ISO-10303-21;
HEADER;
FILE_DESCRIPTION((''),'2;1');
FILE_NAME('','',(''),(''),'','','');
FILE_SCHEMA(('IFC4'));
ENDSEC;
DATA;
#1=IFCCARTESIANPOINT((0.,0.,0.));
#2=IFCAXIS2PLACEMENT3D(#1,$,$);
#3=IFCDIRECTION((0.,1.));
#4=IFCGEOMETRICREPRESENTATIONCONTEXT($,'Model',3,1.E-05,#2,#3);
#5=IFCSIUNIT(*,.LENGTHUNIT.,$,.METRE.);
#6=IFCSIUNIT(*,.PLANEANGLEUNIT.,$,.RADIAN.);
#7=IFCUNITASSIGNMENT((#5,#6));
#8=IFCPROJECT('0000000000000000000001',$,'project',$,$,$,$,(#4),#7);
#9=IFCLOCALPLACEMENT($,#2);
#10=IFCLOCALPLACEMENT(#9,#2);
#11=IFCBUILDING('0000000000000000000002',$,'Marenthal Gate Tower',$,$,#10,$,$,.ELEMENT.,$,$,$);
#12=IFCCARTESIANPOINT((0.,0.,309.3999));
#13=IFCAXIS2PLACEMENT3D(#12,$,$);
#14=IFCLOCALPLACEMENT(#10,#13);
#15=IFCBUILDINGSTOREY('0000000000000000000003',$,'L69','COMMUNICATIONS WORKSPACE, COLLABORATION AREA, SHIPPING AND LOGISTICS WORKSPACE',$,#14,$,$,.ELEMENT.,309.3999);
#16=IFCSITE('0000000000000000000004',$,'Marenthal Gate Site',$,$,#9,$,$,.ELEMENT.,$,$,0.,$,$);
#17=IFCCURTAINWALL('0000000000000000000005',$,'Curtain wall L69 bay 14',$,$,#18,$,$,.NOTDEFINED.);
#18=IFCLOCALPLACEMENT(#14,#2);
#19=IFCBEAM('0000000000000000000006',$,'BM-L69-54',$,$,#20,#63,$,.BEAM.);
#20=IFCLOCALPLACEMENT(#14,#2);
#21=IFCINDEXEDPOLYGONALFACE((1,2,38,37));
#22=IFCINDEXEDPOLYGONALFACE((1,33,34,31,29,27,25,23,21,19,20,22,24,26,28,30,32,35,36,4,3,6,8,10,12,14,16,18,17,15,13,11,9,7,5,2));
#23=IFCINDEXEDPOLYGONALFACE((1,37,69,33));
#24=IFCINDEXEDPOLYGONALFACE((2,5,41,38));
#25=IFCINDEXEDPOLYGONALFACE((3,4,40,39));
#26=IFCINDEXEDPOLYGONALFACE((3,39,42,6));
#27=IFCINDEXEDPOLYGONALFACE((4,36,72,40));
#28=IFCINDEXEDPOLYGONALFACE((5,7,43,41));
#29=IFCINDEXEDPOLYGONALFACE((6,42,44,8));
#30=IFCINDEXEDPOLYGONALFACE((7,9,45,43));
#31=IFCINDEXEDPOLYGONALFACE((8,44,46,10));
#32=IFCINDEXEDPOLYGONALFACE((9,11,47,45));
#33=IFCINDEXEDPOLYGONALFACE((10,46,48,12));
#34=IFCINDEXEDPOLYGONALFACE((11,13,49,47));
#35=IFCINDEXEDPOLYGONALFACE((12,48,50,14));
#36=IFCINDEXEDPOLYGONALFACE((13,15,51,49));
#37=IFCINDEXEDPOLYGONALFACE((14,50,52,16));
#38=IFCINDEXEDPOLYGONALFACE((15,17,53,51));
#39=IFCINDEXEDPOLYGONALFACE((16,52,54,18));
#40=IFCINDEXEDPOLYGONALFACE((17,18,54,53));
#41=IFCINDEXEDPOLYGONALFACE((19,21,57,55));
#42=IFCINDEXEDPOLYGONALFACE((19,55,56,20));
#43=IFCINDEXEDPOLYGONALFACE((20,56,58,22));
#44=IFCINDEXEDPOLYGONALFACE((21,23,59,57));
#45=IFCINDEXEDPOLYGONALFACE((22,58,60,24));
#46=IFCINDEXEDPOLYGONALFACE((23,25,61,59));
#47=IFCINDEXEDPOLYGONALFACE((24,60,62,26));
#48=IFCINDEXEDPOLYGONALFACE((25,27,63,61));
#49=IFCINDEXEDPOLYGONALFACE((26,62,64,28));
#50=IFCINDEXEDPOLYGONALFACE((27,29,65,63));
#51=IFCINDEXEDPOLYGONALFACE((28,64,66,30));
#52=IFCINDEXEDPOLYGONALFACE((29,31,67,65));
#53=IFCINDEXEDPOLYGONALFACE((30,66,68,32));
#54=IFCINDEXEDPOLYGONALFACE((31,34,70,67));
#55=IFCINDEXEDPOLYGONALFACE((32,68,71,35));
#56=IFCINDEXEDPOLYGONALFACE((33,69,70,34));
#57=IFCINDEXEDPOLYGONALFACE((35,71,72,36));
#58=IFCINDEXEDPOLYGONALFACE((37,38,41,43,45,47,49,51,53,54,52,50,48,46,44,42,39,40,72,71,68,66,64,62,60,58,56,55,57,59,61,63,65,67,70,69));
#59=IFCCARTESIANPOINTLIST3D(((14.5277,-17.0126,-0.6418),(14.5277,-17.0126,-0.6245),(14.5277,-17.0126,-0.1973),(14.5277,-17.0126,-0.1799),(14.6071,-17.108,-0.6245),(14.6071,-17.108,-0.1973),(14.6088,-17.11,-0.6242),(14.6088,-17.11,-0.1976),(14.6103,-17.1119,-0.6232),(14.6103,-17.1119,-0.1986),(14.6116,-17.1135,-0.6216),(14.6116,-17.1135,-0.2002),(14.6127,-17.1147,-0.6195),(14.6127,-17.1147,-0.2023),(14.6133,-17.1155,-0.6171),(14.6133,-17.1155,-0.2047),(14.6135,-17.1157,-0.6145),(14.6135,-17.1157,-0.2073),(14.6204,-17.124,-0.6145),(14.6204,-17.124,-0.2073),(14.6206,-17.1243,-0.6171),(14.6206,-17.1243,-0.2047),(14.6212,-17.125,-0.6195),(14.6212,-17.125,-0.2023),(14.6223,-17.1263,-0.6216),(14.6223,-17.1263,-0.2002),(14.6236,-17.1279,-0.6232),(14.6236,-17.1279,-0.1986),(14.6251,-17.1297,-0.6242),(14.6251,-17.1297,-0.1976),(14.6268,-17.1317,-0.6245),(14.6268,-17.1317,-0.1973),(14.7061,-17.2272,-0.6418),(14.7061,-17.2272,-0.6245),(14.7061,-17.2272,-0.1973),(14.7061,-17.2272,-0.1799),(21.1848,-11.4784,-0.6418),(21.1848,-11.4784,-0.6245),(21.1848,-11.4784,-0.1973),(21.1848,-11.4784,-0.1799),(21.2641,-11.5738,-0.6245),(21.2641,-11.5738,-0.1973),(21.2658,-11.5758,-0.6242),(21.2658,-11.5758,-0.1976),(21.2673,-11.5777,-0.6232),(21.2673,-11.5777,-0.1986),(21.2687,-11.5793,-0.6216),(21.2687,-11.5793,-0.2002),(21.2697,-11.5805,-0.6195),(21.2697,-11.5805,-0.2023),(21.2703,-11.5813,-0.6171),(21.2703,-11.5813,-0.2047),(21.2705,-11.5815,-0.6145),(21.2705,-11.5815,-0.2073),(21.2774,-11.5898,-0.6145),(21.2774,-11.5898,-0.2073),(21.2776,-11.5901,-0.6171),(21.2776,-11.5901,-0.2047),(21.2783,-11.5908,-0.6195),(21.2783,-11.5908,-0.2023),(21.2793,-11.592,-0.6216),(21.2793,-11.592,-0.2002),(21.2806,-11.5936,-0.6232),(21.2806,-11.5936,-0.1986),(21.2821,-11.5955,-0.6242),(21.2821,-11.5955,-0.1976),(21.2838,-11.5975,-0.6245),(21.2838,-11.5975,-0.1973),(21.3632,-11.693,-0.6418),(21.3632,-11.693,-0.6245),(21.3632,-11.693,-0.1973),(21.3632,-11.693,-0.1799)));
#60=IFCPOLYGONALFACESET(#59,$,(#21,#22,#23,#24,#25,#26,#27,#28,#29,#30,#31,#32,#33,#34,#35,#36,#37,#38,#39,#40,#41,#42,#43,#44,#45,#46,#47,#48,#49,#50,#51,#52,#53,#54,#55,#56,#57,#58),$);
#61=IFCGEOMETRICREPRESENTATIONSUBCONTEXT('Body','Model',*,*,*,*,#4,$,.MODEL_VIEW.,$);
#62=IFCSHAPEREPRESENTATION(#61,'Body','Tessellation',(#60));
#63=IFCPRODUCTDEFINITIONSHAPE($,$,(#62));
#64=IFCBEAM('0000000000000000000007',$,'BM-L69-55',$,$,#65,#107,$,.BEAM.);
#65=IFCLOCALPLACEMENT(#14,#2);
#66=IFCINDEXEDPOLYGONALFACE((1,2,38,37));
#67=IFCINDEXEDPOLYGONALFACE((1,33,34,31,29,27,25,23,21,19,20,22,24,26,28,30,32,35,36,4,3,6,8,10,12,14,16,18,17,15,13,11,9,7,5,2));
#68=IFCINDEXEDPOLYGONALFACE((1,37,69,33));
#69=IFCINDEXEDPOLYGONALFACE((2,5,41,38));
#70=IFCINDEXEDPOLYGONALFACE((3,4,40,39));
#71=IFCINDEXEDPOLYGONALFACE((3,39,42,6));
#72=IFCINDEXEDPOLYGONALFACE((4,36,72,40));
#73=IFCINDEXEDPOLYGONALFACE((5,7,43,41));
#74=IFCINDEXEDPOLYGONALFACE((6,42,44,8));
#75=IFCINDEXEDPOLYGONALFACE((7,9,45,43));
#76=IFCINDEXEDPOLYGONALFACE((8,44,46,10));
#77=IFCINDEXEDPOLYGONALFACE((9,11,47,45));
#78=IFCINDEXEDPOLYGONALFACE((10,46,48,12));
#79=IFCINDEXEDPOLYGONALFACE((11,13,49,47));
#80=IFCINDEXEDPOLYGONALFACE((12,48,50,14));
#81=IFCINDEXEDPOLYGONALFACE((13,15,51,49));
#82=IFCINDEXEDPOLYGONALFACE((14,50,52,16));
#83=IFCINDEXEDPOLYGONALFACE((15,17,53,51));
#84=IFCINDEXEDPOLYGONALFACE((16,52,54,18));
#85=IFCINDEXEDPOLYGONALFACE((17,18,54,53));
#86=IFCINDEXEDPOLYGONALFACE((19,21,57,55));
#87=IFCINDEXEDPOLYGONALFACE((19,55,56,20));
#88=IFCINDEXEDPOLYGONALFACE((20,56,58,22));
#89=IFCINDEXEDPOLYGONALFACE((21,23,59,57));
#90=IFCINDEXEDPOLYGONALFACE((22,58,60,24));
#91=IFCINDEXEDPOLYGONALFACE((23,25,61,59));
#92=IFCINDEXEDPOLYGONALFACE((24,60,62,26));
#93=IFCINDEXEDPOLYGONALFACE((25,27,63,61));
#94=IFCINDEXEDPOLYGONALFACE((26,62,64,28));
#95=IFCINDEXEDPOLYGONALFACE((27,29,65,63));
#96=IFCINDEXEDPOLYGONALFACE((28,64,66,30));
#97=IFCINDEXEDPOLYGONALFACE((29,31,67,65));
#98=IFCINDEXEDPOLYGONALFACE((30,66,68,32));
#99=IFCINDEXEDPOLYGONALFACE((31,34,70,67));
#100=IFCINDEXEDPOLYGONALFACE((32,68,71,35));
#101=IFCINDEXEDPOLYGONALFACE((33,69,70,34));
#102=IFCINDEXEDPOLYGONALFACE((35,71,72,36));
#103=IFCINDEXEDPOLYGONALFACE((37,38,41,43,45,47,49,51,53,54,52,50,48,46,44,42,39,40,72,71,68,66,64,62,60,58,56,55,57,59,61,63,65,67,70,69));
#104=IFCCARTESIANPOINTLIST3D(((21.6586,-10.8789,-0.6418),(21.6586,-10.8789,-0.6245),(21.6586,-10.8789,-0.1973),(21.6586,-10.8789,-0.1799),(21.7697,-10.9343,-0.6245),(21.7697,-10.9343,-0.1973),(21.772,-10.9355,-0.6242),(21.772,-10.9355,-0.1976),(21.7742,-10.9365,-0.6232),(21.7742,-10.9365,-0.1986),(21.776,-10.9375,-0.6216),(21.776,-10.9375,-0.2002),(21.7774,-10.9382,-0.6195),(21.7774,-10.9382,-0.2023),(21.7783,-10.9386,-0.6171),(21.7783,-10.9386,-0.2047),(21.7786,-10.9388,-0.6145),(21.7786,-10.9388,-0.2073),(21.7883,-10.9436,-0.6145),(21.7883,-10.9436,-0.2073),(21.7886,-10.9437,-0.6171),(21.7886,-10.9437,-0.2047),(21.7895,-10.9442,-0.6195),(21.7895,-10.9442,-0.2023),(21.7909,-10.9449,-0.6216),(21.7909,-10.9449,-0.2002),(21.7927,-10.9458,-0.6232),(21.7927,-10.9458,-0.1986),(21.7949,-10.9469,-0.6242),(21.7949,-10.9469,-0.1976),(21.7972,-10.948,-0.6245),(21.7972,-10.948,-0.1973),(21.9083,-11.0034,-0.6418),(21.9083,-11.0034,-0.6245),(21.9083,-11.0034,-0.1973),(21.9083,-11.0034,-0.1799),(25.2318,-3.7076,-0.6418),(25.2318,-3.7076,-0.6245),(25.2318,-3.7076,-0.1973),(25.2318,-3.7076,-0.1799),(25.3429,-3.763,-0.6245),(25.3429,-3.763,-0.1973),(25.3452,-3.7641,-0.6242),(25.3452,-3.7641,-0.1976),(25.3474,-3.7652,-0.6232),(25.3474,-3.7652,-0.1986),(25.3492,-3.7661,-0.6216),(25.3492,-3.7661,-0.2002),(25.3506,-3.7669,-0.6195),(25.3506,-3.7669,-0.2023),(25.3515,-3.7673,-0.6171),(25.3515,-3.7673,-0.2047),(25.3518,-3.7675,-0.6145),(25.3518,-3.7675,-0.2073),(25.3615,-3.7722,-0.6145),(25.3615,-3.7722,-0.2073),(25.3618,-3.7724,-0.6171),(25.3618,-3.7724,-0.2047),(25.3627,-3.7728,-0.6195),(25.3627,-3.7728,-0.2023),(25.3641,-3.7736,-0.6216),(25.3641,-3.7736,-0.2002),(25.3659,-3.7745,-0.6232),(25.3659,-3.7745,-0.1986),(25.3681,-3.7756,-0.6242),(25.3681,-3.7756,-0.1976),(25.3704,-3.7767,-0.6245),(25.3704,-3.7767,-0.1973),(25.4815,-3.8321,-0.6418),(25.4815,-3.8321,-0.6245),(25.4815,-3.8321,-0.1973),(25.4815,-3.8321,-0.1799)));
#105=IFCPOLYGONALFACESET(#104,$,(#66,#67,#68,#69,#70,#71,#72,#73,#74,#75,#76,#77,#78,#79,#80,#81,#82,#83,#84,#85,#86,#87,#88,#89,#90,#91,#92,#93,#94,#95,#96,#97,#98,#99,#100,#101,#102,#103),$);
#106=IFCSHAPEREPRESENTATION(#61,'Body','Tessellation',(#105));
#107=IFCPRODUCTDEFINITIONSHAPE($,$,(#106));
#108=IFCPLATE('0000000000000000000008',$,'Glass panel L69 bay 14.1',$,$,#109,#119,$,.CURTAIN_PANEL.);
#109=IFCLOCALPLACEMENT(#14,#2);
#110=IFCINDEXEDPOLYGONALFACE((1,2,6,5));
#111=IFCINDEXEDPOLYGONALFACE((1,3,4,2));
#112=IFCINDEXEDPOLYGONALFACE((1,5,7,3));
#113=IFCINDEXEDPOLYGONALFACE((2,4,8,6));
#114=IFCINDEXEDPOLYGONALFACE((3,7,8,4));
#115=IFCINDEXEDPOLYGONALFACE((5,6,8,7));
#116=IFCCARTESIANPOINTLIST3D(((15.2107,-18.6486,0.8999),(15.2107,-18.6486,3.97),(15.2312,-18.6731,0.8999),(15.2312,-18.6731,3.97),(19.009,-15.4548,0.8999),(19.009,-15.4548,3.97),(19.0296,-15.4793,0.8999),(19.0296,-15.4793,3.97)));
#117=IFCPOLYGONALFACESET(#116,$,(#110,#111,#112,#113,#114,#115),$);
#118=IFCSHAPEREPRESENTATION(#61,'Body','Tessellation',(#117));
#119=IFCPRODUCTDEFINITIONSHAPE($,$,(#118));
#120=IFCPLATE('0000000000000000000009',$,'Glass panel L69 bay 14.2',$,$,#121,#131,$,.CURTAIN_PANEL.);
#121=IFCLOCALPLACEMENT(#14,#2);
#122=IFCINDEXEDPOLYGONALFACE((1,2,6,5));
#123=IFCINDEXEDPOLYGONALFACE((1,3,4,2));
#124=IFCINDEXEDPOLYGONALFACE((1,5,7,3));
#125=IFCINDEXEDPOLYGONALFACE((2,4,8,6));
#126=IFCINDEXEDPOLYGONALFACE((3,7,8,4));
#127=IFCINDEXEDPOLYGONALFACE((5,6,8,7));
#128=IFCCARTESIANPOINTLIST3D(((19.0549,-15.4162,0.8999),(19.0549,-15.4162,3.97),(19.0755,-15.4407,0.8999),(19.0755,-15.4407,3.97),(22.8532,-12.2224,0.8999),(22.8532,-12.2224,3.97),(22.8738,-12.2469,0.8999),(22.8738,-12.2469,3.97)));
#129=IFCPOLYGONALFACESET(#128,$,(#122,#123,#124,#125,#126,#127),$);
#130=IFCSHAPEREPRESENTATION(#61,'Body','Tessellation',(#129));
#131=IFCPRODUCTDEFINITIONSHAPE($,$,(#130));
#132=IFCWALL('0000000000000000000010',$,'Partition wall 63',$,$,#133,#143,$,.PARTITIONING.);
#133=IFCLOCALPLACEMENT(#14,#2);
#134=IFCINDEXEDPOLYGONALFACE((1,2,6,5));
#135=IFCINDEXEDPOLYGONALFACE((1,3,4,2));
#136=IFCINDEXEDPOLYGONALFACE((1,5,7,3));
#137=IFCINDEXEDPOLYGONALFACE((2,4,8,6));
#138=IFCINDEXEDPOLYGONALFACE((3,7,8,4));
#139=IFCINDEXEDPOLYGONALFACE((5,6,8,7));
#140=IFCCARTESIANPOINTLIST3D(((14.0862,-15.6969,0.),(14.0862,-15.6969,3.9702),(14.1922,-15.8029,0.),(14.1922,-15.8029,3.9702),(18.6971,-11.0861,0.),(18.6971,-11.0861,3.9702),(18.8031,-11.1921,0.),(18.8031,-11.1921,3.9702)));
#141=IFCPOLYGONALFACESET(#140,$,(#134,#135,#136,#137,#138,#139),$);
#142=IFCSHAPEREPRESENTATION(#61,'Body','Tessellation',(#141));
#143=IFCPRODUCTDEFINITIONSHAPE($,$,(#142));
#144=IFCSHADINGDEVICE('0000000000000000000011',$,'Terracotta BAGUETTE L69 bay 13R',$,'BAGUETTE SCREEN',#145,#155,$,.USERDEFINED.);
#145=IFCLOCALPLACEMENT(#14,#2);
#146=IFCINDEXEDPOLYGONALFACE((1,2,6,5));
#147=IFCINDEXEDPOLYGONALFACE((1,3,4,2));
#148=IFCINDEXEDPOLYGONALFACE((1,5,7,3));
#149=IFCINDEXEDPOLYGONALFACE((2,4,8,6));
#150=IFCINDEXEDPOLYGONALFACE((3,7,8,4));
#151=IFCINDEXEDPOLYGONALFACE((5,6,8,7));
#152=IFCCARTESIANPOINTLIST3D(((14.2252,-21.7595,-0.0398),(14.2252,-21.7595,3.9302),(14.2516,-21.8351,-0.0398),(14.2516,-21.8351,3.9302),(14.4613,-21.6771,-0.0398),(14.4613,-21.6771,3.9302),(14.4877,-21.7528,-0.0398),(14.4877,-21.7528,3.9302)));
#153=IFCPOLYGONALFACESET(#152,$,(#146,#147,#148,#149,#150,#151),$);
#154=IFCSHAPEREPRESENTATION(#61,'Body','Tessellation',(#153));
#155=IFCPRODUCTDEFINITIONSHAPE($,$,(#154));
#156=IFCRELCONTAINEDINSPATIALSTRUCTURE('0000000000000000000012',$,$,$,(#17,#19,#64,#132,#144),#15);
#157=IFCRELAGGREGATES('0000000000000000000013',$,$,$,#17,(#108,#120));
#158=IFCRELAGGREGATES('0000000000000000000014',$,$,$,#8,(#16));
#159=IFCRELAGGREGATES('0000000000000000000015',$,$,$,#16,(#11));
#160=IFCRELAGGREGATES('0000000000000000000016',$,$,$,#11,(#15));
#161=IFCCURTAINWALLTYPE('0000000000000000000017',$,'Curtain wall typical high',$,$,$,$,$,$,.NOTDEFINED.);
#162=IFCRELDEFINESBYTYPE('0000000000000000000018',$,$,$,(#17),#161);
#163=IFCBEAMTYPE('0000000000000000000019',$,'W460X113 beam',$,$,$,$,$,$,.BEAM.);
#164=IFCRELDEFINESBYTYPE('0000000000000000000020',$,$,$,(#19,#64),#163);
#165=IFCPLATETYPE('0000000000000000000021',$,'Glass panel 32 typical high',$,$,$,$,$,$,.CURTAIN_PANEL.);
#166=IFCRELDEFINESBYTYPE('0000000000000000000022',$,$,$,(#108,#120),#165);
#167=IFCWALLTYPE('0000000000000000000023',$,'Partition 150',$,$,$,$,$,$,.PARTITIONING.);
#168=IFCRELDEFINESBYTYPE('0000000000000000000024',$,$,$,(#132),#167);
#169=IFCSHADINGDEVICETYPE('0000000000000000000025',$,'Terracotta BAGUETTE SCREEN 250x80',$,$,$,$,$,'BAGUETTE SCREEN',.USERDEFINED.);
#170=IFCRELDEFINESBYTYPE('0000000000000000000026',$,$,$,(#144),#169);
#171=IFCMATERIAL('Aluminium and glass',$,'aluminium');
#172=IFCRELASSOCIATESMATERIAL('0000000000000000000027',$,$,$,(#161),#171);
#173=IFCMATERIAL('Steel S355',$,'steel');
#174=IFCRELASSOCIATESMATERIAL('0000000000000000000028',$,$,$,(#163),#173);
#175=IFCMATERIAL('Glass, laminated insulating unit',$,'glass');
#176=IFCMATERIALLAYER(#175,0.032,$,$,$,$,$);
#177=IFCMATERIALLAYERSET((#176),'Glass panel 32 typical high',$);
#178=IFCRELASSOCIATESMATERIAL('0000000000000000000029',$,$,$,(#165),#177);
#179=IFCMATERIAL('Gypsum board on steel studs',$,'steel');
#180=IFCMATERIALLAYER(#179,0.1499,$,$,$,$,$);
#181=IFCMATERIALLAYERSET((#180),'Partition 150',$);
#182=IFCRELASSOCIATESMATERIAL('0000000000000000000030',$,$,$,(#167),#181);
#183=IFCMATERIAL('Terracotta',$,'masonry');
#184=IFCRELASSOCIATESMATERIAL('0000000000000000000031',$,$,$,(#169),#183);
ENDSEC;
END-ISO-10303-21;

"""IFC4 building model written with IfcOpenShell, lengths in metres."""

from ifc_helpers import new_model, si_unit, direction, frame, frame_2d, origin, origin_2d, place, context, subcontext, project, spatial, rectangle, i_section, extrude, material, layer, layer_set, material_profile, profile_set, type_object, element, aggregate, save


model = new_model("IFC4")

# Units and contexts
model_context = context("Model", 3, precision=1e-05, world=origin(), true_north=direction((0.0, 1.0)))
body_context = subcontext(model_context, "Body", "Model", "MODEL_VIEW")
ifc_project = project(units=[si_unit("LENGTHUNIT", "METRE"), si_unit("PLANEANGLEUNIT", "RADIAN")], contexts=[model_context])

# Site, building, storey
site_placement = place(None, origin())
site = spatial("IfcSite", under=ifc_project, at=site_placement, Name="Marenthal Gate Site", CompositionType="ELEMENT", RefElevation=0.0)
building_placement = place(site_placement, origin())
building = spatial("IfcBuilding", under=site, at=building_placement, Name="Marenthal Gate Tower", CompositionType="ELEMENT")
storey_placement = place(building_placement, frame((0.0, 0.0, 309.3999)))
storey = spatial("IfcBuildingStorey", under=building, at=storey_placement, Name="L69", Description="COMMUNICATIONS WORKSPACE, COLLABORATION AREA, SHIPPING AND LOGISTICS WORKSPACE", CompositionType="ELEMENT", Elevation=309.3999)

# Curtain wall
ifc_material_1 = material(Name="Aluminium and glass", Category="aluminium")
curtain_wall_type = type_object("IfcCurtainWallType", Name="Curtain wall typical high", PredefinedType="NOTDEFINED", material=ifc_material_1)
curtain_wall_placement = place(storey_placement, origin())
curtain_wall = element("IfcCurtainWall", 1, at=curtain_wall_placement, inside=storey, type_object=curtain_wall_type, Name="Curtain wall L69 bay 14", PredefinedType="NOTDEFINED")

# Beams
ifc_material_2 = material(Name="Steel S355", Category="steel")
ifc_material_profile_1 = material_profile(ifc_material_2, i_section(OverallWidth=0.2791, OverallDepth=0.4619, WebThickness=0.0107, FlangeThickness=0.0173, FilletRadius=0.01, at=origin_2d()), Name="W460X113")
ifc_profile_set_1 = profile_set([ifc_material_profile_1], Name="Steel S355")
beam_type_1 = type_object("IfcBeamType", Name="W460X113 beam", PredefinedType="BEAM", material=ifc_profile_set_1)
beam_1_placement = place(storey_placement, frame((14.6169, -17.1199, -0.4109), z_axis=(0.768977, 0.639277, 0.0), x_axis=(-0.639277, 0.768977, 0.0)))
element("IfcBeam", 2, at=beam_1_placement, inside=storey, type_object=beam_type_1, Name="BM-L69-54", PredefinedType="BEAM", context=body_context, shape_type="SweptSolid", body=[
    extrude(i_section(OverallWidth=0.2791, OverallDepth=0.4619, WebThickness=0.0107, FlangeThickness=0.0173, FilletRadius=0.01, at=origin_2d()), origin(), (0.0, 0.0, 1.0), 8.657),
])
beam_2_placement = place(storey_placement, frame((21.7834, -10.9412, -0.4109), z_axis=(0.44597, 0.895048, 0.0), x_axis=(-0.895048, 0.44597, 0.0)))
element("IfcBeam", 3, at=beam_2_placement, inside=storey, type_object=beam_type_1, Name="BM-L69-55", PredefinedType="BEAM", context=body_context, shape_type="SweptSolid", body=[
    extrude(i_section(OverallWidth=0.2791, OverallDepth=0.4619, WebThickness=0.0107, FlangeThickness=0.0173, FilletRadius=0.01, at=origin_2d()), origin(), (0.0, 0.0, 1.0), 8.0122),
])

# Plates
ifc_material_3 = material(Name="Glass, laminated insulating unit", Category="glass")
ifc_layer_1 = layer(ifc_material_3, 0.032)
ifc_layer_set_1 = layer_set([ifc_layer_1], Name="Glass panel 32 typical high")
plate_type = type_object("IfcPlateType", Name="Glass panel 32 typical high", PredefinedType="CURTAIN_PANEL", material=ifc_layer_set_1)
plate_1_placement = place(storey_placement, frame((17.1201, -17.064, 0.8999), z_axis=(0.0, 0.0, 1.0), x_axis=(0.765387, 0.64357, 0.0)))
plate_1 = element("IfcPlate", 4, at=plate_1_placement, type_object=plate_type, Name="Glass panel L69 bay 14.1", PredefinedType="CURTAIN_PANEL", context=body_context, shape_type="SweptSolid", body=[
    extrude(rectangle(XDim=4.9626, YDim=0.032, at=origin_2d()), origin(), (0.0, 0.0, 1.0), 3.0701),
])
plate_2_placement = place(storey_placement, frame((20.9644, -13.8315, 0.8999), z_axis=(0.0, 0.0, 1.0), x_axis=(0.765387, 0.64357, 0.0)))
plate_2 = element("IfcPlate", 5, at=plate_2_placement, type_object=plate_type, Name="Glass panel L69 bay 14.2", PredefinedType="CURTAIN_PANEL", context=body_context, shape_type="SweptSolid", body=[
    extrude(rectangle(XDim=4.9626, YDim=0.032, at=origin_2d()), origin(), (0.0, 0.0, 1.0), 3.0701),
])
aggregate(curtain_wall, [plate_1, plate_2])

# Wall
ifc_material_4 = material(Name="Gypsum board on steel studs", Category="steel")
ifc_layer_2 = layer(ifc_material_4, 0.1499)
ifc_layer_set_2 = layer_set([ifc_layer_2], Name="Partition 150")
wall_type_1 = type_object("IfcWallType", Name="Partition 150", PredefinedType="PARTITIONING", material=ifc_layer_set_2)
wall_1_placement = place(storey_placement, frame((18.75, -11.1392, 0.0), z_axis=(0.0, 0.0, 1.0), x_axis=(-0.707107, -0.707107, 0.0)))
element("IfcWall", 6, at=wall_1_placement, inside=storey, type_object=wall_type_1, Name="Partition wall 63", PredefinedType="PARTITIONING", context=body_context, shape_type="SweptSolid", body=[
    extrude(rectangle(XDim=6.5208, YDim=0.1499, at=frame_2d((3.2603, 0.0))), origin(), (0.0, 0.0, 1.0), 3.9702),
])

# Shading device
ifc_material_5 = material(Name="Terracotta", Category="masonry")
ifc_material_profile_2 = material_profile(ifc_material_5, rectangle(XDim=0.25, YDim=0.0801, at=origin_2d()), Name="Terracotta baguette 250x80")
ifc_profile_set_2 = profile_set([ifc_material_profile_2], Name="Terracotta")
shading_device_type = type_object("IfcShadingDeviceType", Name="Terracotta BAGUETTE SCREEN 250x80", ElementType="BAGUETTE SCREEN", PredefinedType="USERDEFINED", material=ifc_profile_set_2)
shading_device_placement = place(storey_placement, frame((14.3564, -21.7561, -0.0398), z_axis=(0.0, 0.0, 1.0), x_axis=(0.944249, 0.329232, 0.0)))
element("IfcShadingDevice", 7, at=shading_device_placement, inside=storey, type_object=shading_device_type, Name="Terracotta BAGUETTE L69 bay 13R", ObjectType="BAGUETTE SCREEN", PredefinedType="USERDEFINED", context=body_context, shape_type="SweptSolid", body=[
    extrude(rectangle(XDim=0.25, YDim=0.0801, at=origin_2d()), origin(), (0.0, 0.0, 1.0), 3.97),
])

save(model, "model.ifc")
